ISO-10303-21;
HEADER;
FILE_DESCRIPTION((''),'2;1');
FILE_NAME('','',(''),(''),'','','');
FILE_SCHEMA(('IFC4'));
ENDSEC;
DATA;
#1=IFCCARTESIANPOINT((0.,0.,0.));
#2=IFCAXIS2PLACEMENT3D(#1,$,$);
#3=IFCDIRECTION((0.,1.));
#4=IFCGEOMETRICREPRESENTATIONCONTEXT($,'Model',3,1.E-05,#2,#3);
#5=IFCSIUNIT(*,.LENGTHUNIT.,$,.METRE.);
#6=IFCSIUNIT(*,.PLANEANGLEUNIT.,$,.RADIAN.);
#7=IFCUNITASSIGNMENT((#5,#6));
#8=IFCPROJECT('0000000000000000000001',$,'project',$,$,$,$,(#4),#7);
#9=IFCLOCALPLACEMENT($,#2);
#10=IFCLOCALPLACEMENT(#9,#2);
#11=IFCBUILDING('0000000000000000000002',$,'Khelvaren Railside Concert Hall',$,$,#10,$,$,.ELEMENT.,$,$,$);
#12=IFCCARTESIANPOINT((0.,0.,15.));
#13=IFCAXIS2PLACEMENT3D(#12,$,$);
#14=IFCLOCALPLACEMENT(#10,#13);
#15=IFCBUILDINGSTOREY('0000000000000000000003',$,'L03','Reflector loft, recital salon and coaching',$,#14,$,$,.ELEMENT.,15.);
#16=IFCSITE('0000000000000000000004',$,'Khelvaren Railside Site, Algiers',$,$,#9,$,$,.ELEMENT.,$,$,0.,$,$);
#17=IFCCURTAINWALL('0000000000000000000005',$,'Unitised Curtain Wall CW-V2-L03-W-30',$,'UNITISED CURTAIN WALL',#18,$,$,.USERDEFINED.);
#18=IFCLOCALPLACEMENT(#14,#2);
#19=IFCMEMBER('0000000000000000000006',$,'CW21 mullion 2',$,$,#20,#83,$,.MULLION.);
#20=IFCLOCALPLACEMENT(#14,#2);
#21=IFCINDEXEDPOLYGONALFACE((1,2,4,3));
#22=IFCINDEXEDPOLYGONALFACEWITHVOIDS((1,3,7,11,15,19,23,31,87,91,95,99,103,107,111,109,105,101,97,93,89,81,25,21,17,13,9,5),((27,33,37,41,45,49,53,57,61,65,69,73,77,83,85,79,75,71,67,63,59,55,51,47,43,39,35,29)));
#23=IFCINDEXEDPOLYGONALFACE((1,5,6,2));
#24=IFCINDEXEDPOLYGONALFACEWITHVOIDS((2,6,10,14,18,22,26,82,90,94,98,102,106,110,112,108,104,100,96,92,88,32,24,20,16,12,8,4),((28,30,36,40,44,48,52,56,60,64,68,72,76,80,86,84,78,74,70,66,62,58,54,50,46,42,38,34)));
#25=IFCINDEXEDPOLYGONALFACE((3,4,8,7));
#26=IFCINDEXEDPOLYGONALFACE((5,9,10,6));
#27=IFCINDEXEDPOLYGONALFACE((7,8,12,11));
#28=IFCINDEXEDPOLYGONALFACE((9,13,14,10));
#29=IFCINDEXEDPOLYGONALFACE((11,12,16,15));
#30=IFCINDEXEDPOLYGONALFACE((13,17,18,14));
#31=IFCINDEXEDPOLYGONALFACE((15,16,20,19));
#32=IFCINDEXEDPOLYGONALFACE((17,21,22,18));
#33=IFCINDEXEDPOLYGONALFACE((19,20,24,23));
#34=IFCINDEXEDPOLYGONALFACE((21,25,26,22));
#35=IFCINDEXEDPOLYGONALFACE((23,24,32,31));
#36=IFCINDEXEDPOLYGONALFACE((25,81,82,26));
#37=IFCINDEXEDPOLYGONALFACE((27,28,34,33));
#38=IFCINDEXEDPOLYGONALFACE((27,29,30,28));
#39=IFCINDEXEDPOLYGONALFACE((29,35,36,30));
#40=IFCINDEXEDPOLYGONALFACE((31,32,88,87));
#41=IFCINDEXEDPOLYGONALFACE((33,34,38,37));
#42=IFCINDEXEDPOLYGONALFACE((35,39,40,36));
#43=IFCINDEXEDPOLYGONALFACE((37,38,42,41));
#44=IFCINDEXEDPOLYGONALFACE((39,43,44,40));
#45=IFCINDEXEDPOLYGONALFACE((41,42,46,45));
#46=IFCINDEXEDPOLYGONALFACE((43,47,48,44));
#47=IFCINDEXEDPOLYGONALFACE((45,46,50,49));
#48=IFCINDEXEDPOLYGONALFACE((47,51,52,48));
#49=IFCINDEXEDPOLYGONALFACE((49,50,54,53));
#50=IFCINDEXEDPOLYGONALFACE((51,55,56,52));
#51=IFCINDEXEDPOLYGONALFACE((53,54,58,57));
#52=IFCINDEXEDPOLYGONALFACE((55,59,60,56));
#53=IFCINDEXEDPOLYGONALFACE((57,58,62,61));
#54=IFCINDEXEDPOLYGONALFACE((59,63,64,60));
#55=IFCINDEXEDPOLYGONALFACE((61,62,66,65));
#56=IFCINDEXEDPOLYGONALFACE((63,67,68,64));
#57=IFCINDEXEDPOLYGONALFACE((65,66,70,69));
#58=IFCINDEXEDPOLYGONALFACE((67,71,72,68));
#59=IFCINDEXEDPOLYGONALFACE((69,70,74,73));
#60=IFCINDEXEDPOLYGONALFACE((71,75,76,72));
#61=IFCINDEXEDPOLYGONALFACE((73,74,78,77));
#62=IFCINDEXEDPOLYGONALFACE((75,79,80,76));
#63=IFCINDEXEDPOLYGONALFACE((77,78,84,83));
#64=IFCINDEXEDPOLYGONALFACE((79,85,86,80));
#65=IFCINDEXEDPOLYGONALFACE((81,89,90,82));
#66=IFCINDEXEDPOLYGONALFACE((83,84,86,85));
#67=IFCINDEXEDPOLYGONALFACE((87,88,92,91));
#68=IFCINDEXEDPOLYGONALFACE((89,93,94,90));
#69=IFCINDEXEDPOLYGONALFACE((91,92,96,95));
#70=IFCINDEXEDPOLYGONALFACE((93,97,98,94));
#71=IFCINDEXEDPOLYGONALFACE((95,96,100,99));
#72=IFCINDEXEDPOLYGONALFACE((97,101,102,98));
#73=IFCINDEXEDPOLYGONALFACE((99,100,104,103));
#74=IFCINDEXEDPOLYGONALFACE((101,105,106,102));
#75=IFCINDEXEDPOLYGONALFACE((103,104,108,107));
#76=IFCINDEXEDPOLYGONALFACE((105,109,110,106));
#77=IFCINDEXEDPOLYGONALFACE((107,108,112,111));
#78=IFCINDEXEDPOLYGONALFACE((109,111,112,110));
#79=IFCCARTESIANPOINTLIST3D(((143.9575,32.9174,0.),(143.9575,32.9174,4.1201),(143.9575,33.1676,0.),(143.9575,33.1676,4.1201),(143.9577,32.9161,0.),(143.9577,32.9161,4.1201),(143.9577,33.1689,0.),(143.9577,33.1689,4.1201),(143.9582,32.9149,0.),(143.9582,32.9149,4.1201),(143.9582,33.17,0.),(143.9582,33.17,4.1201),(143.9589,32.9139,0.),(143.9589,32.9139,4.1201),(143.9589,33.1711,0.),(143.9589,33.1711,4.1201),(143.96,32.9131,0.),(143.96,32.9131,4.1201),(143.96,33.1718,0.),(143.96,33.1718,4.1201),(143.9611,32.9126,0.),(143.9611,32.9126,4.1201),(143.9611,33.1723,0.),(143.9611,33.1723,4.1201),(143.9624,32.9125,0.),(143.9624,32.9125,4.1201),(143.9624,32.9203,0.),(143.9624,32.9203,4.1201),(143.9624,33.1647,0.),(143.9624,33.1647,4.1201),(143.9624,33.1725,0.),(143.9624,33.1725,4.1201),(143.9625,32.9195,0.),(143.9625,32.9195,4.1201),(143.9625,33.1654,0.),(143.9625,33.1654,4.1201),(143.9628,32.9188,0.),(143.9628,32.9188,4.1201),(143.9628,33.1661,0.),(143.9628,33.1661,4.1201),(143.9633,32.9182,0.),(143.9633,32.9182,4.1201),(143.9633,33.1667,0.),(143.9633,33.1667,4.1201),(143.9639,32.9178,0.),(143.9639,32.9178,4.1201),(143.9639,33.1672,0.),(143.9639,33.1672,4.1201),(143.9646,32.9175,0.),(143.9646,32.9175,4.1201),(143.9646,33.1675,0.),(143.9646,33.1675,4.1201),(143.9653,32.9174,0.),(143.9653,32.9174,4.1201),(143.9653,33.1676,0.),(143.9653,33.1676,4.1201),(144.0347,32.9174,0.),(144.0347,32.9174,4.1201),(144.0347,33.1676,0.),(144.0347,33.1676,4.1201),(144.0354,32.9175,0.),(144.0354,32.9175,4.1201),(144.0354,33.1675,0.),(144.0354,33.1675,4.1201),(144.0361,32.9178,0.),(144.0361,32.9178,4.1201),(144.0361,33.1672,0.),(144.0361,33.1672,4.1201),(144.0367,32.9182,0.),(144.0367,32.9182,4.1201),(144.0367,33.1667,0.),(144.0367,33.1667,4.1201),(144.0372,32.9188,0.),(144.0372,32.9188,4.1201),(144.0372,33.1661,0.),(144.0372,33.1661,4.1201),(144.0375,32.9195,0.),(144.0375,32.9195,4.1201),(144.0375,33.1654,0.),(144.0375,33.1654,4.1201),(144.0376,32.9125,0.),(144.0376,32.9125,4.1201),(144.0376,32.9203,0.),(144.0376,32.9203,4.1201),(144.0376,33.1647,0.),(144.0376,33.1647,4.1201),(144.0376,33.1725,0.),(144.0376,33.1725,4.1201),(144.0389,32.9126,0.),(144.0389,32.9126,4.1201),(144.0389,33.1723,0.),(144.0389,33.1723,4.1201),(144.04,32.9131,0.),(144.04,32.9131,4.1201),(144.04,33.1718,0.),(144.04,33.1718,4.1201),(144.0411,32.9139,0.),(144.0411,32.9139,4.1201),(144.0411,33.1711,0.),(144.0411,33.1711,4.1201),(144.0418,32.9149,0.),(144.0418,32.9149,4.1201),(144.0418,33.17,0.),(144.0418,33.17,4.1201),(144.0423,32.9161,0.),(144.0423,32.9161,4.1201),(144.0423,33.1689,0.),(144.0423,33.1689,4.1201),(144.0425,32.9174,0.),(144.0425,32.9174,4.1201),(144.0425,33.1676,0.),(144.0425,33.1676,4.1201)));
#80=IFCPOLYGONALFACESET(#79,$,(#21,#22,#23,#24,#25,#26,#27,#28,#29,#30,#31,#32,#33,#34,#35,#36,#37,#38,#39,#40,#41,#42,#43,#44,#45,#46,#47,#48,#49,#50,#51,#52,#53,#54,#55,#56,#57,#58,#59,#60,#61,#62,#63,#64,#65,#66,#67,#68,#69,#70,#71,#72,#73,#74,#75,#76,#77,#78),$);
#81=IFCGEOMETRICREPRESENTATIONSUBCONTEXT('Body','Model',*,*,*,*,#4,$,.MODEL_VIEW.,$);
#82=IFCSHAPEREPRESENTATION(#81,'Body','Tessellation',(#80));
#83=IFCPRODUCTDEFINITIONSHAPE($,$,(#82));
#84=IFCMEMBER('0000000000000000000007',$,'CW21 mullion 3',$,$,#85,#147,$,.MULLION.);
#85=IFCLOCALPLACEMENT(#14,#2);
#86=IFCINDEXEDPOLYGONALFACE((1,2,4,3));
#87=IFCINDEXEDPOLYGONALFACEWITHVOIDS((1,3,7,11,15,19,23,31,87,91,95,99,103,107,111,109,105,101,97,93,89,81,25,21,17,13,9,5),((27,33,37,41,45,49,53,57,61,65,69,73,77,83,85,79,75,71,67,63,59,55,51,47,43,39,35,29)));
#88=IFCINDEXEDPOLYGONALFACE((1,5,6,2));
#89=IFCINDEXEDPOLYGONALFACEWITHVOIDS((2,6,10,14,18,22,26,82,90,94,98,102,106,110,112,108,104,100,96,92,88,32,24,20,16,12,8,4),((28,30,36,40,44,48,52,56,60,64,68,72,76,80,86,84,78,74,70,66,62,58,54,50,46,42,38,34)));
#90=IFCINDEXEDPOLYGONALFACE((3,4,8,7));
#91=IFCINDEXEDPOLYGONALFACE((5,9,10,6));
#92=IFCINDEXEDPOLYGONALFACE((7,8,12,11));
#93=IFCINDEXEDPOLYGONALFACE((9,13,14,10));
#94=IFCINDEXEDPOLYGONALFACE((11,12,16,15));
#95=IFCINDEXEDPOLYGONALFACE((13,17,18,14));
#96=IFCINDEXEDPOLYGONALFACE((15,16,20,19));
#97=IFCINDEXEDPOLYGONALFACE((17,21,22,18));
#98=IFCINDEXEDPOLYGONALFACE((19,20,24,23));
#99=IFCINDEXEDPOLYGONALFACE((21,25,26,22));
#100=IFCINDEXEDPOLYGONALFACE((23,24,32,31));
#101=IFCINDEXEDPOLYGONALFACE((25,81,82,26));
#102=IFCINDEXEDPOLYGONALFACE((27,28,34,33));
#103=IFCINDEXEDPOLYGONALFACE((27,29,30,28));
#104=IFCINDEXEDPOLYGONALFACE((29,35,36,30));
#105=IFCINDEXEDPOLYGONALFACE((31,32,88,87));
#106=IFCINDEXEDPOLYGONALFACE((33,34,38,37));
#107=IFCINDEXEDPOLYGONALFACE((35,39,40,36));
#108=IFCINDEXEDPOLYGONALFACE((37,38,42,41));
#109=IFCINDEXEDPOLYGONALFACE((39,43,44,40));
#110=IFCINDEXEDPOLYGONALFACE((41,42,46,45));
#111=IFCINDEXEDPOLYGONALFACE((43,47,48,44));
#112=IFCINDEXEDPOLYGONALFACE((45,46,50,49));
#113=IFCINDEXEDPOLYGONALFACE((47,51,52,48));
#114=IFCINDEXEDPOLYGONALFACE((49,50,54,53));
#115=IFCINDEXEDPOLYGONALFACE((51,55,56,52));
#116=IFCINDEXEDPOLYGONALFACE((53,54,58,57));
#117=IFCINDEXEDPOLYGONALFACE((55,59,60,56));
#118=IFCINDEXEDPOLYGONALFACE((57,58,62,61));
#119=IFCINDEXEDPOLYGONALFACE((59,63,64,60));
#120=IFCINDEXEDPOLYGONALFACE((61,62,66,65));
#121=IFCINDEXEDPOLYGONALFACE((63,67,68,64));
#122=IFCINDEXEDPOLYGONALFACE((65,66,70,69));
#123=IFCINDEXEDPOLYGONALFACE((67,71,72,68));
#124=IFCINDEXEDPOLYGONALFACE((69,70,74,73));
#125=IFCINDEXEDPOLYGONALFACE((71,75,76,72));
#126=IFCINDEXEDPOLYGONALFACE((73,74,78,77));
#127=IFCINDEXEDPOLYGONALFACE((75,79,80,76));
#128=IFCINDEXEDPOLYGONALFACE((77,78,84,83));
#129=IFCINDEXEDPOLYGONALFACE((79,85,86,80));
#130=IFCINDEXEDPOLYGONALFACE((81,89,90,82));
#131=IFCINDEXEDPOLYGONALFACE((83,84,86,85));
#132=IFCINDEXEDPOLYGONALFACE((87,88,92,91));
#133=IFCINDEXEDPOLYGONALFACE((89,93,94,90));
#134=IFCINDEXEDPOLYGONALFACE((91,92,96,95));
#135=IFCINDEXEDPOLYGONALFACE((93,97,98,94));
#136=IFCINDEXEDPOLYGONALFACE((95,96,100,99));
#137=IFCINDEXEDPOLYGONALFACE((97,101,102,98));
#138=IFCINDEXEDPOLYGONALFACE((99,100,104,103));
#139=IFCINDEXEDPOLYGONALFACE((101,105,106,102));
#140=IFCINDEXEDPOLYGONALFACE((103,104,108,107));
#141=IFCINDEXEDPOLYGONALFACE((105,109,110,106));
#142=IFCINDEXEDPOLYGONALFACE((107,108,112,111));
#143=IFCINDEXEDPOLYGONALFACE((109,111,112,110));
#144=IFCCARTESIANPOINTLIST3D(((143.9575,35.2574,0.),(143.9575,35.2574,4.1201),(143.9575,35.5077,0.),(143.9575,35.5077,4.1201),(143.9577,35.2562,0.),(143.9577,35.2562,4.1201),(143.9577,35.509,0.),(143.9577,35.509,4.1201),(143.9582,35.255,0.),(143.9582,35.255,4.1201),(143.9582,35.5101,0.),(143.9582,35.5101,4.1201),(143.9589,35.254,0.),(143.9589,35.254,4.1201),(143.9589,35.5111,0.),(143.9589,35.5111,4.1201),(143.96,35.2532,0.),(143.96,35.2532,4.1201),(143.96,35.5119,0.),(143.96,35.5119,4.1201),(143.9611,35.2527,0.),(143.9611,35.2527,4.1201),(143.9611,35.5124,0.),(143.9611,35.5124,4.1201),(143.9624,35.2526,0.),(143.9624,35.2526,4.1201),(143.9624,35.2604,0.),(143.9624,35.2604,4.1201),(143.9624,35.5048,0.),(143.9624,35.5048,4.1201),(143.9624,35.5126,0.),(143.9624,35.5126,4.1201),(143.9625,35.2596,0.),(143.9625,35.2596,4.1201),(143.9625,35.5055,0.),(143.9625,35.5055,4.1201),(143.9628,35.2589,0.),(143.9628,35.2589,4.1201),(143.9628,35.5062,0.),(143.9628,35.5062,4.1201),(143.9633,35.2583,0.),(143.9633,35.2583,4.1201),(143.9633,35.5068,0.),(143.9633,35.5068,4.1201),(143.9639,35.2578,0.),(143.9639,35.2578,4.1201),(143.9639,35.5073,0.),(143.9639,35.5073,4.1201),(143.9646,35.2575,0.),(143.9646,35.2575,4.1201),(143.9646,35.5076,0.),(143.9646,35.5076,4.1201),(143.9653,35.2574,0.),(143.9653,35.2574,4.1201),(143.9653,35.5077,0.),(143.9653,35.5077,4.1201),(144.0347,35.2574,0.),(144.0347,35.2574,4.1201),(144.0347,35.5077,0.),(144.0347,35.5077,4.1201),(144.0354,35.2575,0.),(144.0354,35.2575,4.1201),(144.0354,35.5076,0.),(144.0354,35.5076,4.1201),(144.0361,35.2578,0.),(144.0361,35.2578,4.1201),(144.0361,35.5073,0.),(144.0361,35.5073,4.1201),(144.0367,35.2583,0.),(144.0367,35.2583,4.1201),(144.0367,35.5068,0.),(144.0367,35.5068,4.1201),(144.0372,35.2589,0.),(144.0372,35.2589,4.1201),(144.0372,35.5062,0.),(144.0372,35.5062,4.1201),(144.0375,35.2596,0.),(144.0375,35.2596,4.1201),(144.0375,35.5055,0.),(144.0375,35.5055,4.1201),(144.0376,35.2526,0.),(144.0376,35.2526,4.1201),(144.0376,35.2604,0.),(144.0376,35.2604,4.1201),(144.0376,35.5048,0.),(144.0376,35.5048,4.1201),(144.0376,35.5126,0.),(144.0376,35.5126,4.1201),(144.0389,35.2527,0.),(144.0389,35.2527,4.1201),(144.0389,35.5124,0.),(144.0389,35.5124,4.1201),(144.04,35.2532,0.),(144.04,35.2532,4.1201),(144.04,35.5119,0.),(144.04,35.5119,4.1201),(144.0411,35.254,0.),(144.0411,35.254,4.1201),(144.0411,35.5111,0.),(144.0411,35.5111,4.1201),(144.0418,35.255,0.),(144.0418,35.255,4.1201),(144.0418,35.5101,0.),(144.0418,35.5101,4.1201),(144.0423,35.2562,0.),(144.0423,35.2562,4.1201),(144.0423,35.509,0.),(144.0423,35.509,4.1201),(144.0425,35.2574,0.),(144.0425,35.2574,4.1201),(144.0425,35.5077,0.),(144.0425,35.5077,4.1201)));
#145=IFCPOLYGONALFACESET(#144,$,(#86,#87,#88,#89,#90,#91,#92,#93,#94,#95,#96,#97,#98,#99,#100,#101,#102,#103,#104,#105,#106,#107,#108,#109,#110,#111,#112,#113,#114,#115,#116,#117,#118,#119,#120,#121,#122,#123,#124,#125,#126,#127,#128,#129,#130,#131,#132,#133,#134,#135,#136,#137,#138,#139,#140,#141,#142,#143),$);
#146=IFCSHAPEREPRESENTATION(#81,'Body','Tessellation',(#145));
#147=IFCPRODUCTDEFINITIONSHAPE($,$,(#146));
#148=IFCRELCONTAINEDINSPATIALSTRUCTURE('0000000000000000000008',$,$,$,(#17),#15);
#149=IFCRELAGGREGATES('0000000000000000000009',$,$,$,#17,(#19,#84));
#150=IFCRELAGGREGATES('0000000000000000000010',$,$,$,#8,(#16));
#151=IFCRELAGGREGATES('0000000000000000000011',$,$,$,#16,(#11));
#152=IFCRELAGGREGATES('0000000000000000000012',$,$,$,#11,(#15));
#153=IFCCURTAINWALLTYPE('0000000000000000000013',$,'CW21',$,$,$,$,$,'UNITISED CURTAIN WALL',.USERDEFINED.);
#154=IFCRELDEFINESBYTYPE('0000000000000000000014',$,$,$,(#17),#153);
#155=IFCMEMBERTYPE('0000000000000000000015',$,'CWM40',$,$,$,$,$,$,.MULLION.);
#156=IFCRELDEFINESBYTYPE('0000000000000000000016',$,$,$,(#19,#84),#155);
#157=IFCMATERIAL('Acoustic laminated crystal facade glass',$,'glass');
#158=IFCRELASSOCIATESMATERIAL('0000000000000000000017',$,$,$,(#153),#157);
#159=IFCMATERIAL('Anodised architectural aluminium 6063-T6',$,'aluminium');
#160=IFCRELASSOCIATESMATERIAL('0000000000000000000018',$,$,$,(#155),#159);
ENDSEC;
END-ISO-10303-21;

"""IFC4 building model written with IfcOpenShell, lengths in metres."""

from ifc_helpers import new_model, si_unit, direction, frame, origin, origin_2d, place, context, subcontext, project, spatial, hollow_rectangle, extrude, material, material_profile, profile_set, type_object, element, aggregate, save


model = new_model("IFC4")

# Units and contexts
model_context = context("Model", 3, precision=1e-05, world=origin(), true_north=direction((0.0, 1.0)))
body_context = subcontext(model_context, "Body", "Model", "MODEL_VIEW")
ifc_project = project(units=[si_unit("LENGTHUNIT", "METRE"), si_unit("PLANEANGLEUNIT", "RADIAN")], contexts=[model_context])

# Site, building, storey
site_placement = place(None, origin())
site = spatial("IfcSite", under=ifc_project, at=site_placement, Name="Khelvaren Railside Site, Algiers", CompositionType="ELEMENT", RefElevation=0.0)
building_placement = place(site_placement, origin())
building = spatial("IfcBuilding", under=site, at=building_placement, Name="Khelvaren Railside Concert Hall", CompositionType="ELEMENT")
storey_placement = place(building_placement, frame((0.0, 0.0, 15.0)))
storey = spatial("IfcBuildingStorey", under=building, at=storey_placement, Name="L03", Description="Reflector loft, recital salon and coaching", CompositionType="ELEMENT", Elevation=15.0)

# Shared definitions
ifc_material_1 = material(Name="Anodised architectural aluminium 6063-T6", Category="aluminium")

# Curtain wall, members
ifc_material_2 = material(Name="Acoustic laminated crystal facade glass", Category="glass")
curtain_wall_type_1 = type_object("IfcCurtainWallType", Name="CW21", ElementType="UNITISED CURTAIN WALL", PredefinedType="USERDEFINED", material=ifc_material_2)
curtain_wall_1_placement = place(storey_placement, origin())
curtain_wall_1 = element("IfcCurtainWall", 1, at=curtain_wall_1_placement, inside=storey, type_object=curtain_wall_type_1, Name="Unitised Curtain Wall CW-V2-L03-W-30", ObjectType="UNITISED CURTAIN WALL", PredefinedType="USERDEFINED")
ifc_material_profile_1 = material_profile(ifc_material_1, hollow_rectangle(XDim=0.085, YDim=0.26, WallThickness=0.0049, InnerFilletRadius=0.0029, OuterFilletRadius=0.0049, at=origin_2d()), Name="CWM 85x260x5")
ifc_profile_set_1 = profile_set([ifc_material_profile_1], Name="Anodised architectural aluminium 6063-T6")
member_type_1 = type_object("IfcMemberType", Name="CWM40", PredefinedType="MULLION", material=ifc_profile_set_1)
member_1_placement = place(storey_placement, frame((144.0, 33.0425, 0.0), z_axis=(0.0, 0.0, 1.0), x_axis=(-1.0, 0.0, 0.0)))
member_1 = element("IfcMember", 2, at=member_1_placement, type_object=member_type_1, Name="CW21 mullion 2", PredefinedType="MULLION", context=body_context, shape_type="SweptSolid", body=[
    extrude(hollow_rectangle(XDim=0.085, YDim=0.26, WallThickness=0.0049, InnerFilletRadius=0.0029, OuterFilletRadius=0.0049, at=origin_2d()), origin(), (0.0, 0.0, 1.0), 4.1201),
])
member_2_placement = place(storey_placement, frame((144.0, 35.3826, 0.0), z_axis=(0.0, 0.0, 1.0), x_axis=(-1.0, 0.0, 0.0)))
member_2 = element("IfcMember", 3, at=member_2_placement, type_object=member_type_1, Name="CW21 mullion 3", PredefinedType="MULLION", context=body_context, shape_type="SweptSolid", body=[
    extrude(hollow_rectangle(XDim=0.085, YDim=0.26, WallThickness=0.0049, InnerFilletRadius=0.0029, OuterFilletRadius=0.0049, at=origin_2d()), origin(), (0.0, 0.0, 1.0), 4.1201),
])

aggregate(curtain_wall_1, [member_1, member_2])

save(model, "model.ifc")
